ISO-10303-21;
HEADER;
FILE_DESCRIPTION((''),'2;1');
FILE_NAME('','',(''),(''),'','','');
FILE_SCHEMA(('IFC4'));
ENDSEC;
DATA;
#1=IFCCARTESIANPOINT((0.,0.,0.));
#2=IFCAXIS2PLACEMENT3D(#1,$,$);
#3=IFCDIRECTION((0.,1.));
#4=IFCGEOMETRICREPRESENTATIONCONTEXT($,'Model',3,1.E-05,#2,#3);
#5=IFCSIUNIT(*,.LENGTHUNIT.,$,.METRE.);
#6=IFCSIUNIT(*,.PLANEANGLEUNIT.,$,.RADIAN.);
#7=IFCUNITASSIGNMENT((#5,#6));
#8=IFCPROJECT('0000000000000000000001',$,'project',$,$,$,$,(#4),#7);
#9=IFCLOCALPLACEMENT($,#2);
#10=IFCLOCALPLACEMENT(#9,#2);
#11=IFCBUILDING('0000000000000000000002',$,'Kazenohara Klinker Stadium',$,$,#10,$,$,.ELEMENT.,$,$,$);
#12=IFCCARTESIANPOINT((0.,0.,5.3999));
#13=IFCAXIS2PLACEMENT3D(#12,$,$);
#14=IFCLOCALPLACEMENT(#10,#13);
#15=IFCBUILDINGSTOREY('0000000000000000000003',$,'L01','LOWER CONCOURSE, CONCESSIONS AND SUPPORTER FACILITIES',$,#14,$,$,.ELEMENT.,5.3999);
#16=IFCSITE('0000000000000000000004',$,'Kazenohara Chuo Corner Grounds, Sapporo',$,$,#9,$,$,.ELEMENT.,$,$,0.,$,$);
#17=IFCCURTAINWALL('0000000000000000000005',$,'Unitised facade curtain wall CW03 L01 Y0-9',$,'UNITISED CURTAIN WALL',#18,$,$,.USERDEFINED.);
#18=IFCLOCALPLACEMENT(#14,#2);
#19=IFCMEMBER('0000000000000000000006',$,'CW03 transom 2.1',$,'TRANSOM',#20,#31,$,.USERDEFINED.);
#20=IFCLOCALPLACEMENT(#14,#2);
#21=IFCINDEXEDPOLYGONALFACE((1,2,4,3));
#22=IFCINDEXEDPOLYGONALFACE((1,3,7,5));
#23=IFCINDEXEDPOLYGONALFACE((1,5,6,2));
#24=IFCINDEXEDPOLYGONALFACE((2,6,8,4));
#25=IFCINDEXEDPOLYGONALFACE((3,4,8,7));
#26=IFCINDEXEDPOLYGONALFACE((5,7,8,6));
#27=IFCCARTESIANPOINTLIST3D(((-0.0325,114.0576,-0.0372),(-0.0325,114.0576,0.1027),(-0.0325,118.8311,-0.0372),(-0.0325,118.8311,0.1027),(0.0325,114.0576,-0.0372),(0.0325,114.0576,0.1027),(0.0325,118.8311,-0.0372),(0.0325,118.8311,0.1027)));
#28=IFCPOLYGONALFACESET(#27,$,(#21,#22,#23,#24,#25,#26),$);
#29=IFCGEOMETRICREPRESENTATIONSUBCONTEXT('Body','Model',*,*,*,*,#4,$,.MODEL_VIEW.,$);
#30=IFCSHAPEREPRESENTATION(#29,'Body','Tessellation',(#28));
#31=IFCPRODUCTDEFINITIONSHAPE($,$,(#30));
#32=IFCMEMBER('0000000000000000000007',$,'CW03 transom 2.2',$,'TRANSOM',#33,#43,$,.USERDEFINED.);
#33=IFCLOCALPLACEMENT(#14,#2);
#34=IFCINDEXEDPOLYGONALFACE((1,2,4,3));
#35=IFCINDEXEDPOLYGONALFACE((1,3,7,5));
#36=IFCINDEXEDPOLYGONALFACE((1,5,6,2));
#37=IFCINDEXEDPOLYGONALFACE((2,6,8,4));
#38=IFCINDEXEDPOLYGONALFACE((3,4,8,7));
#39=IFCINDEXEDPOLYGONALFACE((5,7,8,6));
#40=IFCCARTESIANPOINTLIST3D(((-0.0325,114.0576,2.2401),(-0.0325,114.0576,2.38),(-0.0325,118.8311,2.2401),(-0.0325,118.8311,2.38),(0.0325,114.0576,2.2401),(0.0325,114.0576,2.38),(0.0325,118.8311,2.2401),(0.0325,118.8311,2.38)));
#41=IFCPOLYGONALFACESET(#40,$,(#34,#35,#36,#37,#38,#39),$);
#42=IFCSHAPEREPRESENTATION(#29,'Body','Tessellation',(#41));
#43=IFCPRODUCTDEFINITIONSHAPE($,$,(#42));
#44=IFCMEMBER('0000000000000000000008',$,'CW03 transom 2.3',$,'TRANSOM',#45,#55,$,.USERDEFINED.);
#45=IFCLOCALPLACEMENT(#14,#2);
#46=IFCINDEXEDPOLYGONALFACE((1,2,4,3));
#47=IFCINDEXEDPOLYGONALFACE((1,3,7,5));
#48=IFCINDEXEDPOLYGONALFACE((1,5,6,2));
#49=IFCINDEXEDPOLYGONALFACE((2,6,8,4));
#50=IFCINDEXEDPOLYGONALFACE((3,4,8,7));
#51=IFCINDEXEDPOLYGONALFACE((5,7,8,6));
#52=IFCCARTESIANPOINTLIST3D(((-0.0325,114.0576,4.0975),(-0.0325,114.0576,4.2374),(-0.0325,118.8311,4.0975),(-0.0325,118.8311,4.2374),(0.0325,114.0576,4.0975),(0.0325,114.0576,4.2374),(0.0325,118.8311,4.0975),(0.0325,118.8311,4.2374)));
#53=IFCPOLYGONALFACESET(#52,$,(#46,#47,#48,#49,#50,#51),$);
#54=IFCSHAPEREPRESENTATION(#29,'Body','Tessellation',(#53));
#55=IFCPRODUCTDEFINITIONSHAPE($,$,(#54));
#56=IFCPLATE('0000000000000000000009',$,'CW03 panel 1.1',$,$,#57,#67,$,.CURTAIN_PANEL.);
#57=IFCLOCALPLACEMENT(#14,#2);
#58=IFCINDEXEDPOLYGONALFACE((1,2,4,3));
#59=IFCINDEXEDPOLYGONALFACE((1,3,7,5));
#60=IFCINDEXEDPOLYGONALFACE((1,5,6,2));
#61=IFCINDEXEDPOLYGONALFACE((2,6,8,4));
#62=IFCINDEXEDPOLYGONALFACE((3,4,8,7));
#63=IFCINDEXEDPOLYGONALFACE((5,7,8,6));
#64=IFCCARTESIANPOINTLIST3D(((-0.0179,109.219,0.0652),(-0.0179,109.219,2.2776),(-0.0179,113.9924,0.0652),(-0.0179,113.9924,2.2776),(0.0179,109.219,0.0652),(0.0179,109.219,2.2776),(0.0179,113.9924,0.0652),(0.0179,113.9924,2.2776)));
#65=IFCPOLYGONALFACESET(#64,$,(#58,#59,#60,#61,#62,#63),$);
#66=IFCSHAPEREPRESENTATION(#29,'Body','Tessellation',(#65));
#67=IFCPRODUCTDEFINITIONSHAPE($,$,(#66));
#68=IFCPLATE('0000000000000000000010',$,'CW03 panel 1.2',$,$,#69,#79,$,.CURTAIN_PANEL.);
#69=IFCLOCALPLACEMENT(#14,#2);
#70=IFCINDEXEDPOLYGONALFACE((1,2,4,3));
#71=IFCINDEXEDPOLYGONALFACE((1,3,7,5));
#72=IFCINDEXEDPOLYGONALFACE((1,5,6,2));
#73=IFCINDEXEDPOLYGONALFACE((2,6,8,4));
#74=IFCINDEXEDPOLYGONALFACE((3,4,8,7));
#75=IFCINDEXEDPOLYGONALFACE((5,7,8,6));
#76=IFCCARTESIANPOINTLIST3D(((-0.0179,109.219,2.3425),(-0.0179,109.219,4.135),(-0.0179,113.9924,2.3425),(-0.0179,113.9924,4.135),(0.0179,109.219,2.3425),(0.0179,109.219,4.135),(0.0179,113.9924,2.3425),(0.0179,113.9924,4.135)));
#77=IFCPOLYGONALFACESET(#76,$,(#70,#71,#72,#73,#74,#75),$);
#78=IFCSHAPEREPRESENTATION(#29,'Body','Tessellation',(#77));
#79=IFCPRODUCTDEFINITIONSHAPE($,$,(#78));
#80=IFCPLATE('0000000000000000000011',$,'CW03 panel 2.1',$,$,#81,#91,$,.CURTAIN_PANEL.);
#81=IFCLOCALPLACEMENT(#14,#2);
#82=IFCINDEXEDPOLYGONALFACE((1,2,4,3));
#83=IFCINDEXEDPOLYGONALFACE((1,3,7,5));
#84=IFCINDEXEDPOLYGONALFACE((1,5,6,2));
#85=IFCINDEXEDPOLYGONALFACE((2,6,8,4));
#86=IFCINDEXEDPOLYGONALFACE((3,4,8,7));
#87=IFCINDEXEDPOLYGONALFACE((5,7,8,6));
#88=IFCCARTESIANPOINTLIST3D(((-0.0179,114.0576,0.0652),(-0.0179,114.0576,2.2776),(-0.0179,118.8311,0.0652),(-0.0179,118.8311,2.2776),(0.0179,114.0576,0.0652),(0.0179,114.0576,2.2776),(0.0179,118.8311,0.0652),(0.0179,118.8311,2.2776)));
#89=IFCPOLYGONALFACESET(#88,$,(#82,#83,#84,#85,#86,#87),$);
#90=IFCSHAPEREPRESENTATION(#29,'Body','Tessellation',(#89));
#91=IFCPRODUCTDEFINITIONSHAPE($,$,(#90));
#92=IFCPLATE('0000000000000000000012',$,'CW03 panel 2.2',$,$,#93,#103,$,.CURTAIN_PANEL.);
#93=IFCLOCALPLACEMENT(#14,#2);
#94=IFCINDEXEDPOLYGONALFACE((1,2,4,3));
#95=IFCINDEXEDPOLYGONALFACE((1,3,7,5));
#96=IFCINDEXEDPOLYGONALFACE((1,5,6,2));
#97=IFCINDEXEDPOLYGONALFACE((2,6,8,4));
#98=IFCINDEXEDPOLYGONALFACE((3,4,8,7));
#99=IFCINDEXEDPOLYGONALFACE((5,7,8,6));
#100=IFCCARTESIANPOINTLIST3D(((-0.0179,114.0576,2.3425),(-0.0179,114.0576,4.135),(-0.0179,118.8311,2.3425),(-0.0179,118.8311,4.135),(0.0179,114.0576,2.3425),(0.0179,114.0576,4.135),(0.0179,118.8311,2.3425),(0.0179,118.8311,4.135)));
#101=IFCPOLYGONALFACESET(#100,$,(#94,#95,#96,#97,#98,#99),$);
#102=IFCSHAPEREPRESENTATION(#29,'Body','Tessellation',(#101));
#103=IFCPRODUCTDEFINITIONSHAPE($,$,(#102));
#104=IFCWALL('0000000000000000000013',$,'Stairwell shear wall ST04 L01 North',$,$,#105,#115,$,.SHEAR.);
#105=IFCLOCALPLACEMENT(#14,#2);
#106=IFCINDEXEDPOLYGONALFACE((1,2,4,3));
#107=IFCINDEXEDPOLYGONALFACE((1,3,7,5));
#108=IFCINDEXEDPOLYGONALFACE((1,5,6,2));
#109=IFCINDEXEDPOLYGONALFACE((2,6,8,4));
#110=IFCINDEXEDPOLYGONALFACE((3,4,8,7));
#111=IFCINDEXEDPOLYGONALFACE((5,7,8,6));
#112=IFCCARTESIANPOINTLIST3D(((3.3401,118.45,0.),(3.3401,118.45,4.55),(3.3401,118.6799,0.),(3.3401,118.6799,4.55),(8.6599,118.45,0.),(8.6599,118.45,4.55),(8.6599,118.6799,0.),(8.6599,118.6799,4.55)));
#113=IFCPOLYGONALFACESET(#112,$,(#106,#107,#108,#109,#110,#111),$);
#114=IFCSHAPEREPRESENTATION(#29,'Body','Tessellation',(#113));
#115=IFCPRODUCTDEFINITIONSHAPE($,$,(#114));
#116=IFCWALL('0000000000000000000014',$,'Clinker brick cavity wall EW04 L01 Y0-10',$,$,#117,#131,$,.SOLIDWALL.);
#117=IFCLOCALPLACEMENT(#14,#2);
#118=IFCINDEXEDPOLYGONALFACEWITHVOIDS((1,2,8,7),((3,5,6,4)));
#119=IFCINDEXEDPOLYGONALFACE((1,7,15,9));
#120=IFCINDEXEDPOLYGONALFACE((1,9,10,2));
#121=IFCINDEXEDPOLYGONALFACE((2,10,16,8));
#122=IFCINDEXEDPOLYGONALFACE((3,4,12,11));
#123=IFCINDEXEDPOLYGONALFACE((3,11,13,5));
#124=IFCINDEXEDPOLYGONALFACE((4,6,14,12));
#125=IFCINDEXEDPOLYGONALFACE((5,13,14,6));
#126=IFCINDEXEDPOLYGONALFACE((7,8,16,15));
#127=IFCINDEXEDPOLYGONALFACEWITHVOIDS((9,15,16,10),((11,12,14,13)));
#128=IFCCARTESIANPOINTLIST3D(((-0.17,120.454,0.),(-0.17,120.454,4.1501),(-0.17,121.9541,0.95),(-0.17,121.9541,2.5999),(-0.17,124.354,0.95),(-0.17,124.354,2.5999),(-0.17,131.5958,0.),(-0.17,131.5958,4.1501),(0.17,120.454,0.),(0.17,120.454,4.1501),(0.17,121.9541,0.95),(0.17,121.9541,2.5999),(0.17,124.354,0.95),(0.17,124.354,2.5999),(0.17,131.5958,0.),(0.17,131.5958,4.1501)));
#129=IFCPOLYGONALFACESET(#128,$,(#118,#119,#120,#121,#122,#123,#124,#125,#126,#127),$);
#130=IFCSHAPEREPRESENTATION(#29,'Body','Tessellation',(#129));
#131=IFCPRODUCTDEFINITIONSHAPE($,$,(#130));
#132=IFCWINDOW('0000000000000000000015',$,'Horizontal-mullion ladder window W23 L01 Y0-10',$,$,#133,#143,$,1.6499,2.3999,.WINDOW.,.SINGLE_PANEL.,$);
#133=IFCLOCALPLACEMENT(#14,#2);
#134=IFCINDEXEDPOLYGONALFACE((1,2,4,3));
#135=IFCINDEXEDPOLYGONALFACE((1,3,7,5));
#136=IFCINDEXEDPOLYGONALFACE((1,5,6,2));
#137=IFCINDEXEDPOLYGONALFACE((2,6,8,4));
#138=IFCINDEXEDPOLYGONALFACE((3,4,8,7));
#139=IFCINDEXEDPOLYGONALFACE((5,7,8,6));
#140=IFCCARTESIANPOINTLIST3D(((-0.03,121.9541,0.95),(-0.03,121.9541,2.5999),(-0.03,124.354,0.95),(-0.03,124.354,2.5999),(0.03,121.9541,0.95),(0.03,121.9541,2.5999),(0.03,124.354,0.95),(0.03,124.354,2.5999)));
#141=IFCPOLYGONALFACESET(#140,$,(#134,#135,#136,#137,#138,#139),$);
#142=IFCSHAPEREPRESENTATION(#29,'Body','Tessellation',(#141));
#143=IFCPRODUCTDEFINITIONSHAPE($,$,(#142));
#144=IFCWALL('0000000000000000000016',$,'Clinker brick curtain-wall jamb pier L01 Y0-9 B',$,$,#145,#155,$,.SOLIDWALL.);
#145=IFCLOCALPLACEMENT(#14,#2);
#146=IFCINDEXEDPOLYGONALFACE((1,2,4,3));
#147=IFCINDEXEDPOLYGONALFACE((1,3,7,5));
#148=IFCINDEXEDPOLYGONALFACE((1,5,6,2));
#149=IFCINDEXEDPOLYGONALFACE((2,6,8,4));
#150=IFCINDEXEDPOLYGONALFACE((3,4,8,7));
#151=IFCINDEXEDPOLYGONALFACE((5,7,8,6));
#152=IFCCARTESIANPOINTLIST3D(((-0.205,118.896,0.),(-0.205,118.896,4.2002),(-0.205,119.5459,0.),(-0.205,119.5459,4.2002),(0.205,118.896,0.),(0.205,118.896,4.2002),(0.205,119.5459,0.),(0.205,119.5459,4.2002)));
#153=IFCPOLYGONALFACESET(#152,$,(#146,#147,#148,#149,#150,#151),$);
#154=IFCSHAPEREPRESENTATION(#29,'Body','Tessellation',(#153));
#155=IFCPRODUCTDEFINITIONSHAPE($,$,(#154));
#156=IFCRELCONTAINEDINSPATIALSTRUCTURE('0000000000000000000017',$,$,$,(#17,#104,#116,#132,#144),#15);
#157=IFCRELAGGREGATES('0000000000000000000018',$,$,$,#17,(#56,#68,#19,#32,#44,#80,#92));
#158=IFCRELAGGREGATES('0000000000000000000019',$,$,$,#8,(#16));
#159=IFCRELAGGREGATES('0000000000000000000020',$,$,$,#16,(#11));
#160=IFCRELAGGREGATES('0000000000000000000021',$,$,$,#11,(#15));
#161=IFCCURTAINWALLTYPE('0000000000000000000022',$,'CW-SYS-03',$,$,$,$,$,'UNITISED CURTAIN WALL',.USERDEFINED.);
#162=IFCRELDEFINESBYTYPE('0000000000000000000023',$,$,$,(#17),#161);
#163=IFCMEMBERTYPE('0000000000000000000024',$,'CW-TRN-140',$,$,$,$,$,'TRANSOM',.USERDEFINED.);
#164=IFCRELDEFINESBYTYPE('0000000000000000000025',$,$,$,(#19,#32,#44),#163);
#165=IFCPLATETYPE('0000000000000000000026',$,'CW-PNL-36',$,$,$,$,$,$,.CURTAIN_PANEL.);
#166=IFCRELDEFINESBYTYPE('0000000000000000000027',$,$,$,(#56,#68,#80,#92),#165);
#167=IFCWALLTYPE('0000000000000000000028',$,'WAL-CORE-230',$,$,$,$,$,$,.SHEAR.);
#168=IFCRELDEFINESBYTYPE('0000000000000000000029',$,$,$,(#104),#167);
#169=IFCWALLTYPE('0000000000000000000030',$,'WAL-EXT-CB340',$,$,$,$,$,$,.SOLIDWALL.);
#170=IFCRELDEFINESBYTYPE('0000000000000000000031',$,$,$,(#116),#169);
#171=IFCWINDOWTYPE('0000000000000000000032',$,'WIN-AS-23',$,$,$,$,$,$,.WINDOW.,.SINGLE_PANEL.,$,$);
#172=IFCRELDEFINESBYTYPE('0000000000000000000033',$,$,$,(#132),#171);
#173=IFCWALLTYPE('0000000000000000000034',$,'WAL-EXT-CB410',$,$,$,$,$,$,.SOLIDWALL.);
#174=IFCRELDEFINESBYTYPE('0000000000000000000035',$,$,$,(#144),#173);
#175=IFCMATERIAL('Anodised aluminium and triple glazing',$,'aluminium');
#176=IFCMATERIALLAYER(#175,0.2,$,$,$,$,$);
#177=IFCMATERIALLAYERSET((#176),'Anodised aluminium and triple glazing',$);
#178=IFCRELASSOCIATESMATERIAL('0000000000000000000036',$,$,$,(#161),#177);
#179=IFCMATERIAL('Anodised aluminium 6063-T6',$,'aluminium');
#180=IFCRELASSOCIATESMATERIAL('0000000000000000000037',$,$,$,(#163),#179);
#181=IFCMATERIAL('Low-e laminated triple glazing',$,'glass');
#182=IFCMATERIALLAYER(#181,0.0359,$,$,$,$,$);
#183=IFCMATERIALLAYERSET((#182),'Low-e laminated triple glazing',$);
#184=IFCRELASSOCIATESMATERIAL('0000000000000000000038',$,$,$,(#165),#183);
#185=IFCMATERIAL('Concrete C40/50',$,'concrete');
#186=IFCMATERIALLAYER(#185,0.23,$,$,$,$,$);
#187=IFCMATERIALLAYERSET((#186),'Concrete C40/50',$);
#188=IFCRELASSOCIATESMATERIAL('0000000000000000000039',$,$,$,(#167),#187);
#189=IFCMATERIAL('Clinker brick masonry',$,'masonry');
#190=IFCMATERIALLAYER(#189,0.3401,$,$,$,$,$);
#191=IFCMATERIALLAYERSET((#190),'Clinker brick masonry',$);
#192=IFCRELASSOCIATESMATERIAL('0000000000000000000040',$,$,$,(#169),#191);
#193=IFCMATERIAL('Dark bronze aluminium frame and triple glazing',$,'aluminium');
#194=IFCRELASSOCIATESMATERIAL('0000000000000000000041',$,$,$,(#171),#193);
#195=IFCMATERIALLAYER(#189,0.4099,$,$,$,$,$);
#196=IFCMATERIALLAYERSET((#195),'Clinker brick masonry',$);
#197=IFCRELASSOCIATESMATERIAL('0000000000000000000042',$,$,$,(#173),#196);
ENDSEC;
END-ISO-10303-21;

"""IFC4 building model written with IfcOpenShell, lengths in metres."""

from ifc_helpers import new_model, si_unit, direction, frame, frame_2d, origin, origin_2d, place, context, subcontext, project, spatial, rectangle, extrude, material, layer, layer_set, material_profile, profile_set, type_object, element, fill, aggregate, save


model = new_model("IFC4")

# Units and contexts
model_context = context("Model", 3, precision=1e-05, world=origin(), true_north=direction((0.0, 1.0)))
body_context = subcontext(model_context, "Body", "Model", "MODEL_VIEW")
ifc_project = project(units=[si_unit("LENGTHUNIT", "METRE"), si_unit("PLANEANGLEUNIT", "RADIAN")], contexts=[model_context])

# Site, building, storey
site_placement = place(None, origin())
site = spatial("IfcSite", under=ifc_project, at=site_placement, Name="Kazenohara Chuo Corner Grounds, Sapporo", CompositionType="ELEMENT", RefElevation=0.0)
building_placement = place(site_placement, origin())
building = spatial("IfcBuilding", under=site, at=building_placement, Name="Kazenohara Klinker Stadium", CompositionType="ELEMENT")
storey_placement = place(building_placement, frame((0.0, 0.0, 5.3999)))
storey = spatial("IfcBuildingStorey", under=building, at=storey_placement, Name="L01", Description="LOWER CONCOURSE, CONCESSIONS AND SUPPORTER FACILITIES", CompositionType="ELEMENT", Elevation=5.3999)

# Shared definitions
ifc_material_1 = material(Name="Concrete C40/50", Category="concrete")

# Curtain wall, members, plates
ifc_material_2 = material(Name="Anodised aluminium and triple glazing", Category="aluminium")
ifc_layer_1 = layer(ifc_material_2, 0.2)
ifc_layer_set_1 = layer_set([ifc_layer_1], Name="Anodised aluminium and triple glazing")
curtain_wall_type = type_object("IfcCurtainWallType", Name="CW-SYS-03", ElementType="UNITISED CURTAIN WALL", PredefinedType="USERDEFINED", material=ifc_layer_set_1)
curtain_wall_placement = place(storey_placement, origin())
curtain_wall = element("IfcCurtainWall", 1, at=curtain_wall_placement, inside=storey, type_object=curtain_wall_type, Name="Unitised facade curtain wall CW03 L01 Y0-9", ObjectType="UNITISED CURTAIN WALL", PredefinedType="USERDEFINED")
ifc_material_3 = material(Name="Anodised aluminium 6063-T6", Category="aluminium")
ifc_material_profile_1 = material_profile(ifc_material_3, rectangle(XDim=0.0649, YDim=0.1399, at=origin_2d()), Name="ALU-TRN-65x140")
ifc_profile_set_1 = profile_set([ifc_material_profile_1], Name="Anodised aluminium 6063-T6")
member_type_1 = type_object("IfcMemberType", Name="CW-TRN-140", ElementType="TRANSOM", PredefinedType="USERDEFINED", material=ifc_profile_set_1)
member_1_placement = place(storey_placement, frame((0.0, 114.0576, 0.0327), z_axis=(0.0, 1.0, 0.0), x_axis=(-1.0, 0.0, 0.0)))
member_1 = element("IfcMember", 2, at=member_1_placement, type_object=member_type_1, Name="CW03 transom 2.1", ObjectType="TRANSOM", PredefinedType="USERDEFINED", context=body_context, shape_type="SweptSolid", body=[
    extrude(rectangle(XDim=0.0649, YDim=0.1399, at=origin_2d()), origin(), (0.0, 0.0, 1.0), 4.7734),
])
member_2_placement = place(storey_placement, frame((0.0, 114.0576, 2.3101), z_axis=(0.0, 1.0, 0.0), x_axis=(-1.0, 0.0, 0.0)))
member_2 = element("IfcMember", 3, at=member_2_placement, type_object=member_type_1, Name="CW03 transom 2.2", ObjectType="TRANSOM", PredefinedType="USERDEFINED", context=body_context, shape_type="SweptSolid", body=[
    extrude(rectangle(XDim=0.0649, YDim=0.1399, at=origin_2d()), origin(), (0.0, 0.0, 1.0), 4.7734),
])
member_3_placement = place(storey_placement, frame((0.0, 114.0576, 4.1675), z_axis=(0.0, 1.0, 0.0), x_axis=(-1.0, 0.0, 0.0)))
member_3 = element("IfcMember", 4, at=member_3_placement, type_object=member_type_1, Name="CW03 transom 2.3", ObjectType="TRANSOM", PredefinedType="USERDEFINED", context=body_context, shape_type="SweptSolid", body=[
    extrude(rectangle(XDim=0.0649, YDim=0.1399, at=origin_2d()), origin(), (0.0, 0.0, 1.0), 4.7734),
])
ifc_material_4 = material(Name="Low-e laminated triple glazing", Category="glass")
ifc_layer_2 = layer(ifc_material_4, 0.0359)
ifc_layer_set_2 = layer_set([ifc_layer_2], Name="Low-e laminated triple glazing")
plate_type = type_object("IfcPlateType", Name="CW-PNL-36", PredefinedType="CURTAIN_PANEL", material=ifc_layer_set_2)
plate_1_placement = place(storey_placement, frame((0.0, 111.6057, 0.0652), z_axis=(0.0, 0.0, 1.0), x_axis=(0.0, 1.0, 0.0)))
plate_1 = element("IfcPlate", 5, at=plate_1_placement, type_object=plate_type, Name="CW03 panel 1.1", PredefinedType="CURTAIN_PANEL", context=body_context, shape_type="SweptSolid", body=[
    extrude(rectangle(XDim=4.7734, YDim=0.0359, at=origin_2d()), origin(), (0.0, 0.0, 1.0), 2.2124),
])
plate_2_placement = place(storey_placement, frame((0.0, 111.6057, 2.3425), z_axis=(0.0, 0.0, 1.0), x_axis=(0.0, 1.0, 0.0)))
plate_2 = element("IfcPlate", 6, at=plate_2_placement, type_object=plate_type, Name="CW03 panel 1.2", PredefinedType="CURTAIN_PANEL", context=body_context, shape_type="SweptSolid", body=[
    extrude(rectangle(XDim=4.7734, YDim=0.0359, at=origin_2d()), origin(), (0.0, 0.0, 1.0), 1.7925),
])
plate_3_placement = place(storey_placement, frame((0.0, 116.4443, 0.0652), z_axis=(0.0, 0.0, 1.0), x_axis=(0.0, 1.0, 0.0)))
plate_3 = element("IfcPlate", 7, at=plate_3_placement, type_object=plate_type, Name="CW03 panel 2.1", PredefinedType="CURTAIN_PANEL", context=body_context, shape_type="SweptSolid", body=[
    extrude(rectangle(XDim=4.7734, YDim=0.0359, at=origin_2d()), origin(), (0.0, 0.0, 1.0), 2.2124),
])
plate_4_placement = place(storey_placement, frame((0.0, 116.4443, 2.3425), z_axis=(0.0, 0.0, 1.0), x_axis=(0.0, 1.0, 0.0)))
plate_4 = element("IfcPlate", 8, at=plate_4_placement, type_object=plate_type, Name="CW03 panel 2.2", PredefinedType="CURTAIN_PANEL", context=body_context, shape_type="SweptSolid", body=[
    extrude(rectangle(XDim=4.7734, YDim=0.0359, at=origin_2d()), origin(), (0.0, 0.0, 1.0), 1.7925),
])
aggregate(curtain_wall, [plate_1, plate_2, member_1, member_2, member_3, plate_3, plate_4])

# Wall
ifc_layer_3 = layer(ifc_material_1, 0.23)
ifc_layer_set_3 = layer_set([ifc_layer_3], Name="Concrete C40/50")
wall_type_1 = type_object("IfcWallType", Name="WAL-CORE-230", PredefinedType="SHEAR", material=ifc_layer_set_3)
wall_1_placement = place(storey_placement, frame((3.3401, 118.5649, 0.0), z_axis=(0.0, 0.0, 1.0), x_axis=(1.0, 0.0, 0.0)))
element("IfcWall", 9, at=wall_1_placement, inside=storey, type_object=wall_type_1, Name="Stairwell shear wall ST04 L01 North", PredefinedType="SHEAR", context=body_context, shape_type="SweptSolid", body=[
    extrude(rectangle(XDim=5.3198, YDim=0.23, at=frame_2d((2.6599, 0.0))), origin(), (0.0, 0.0, 1.0), 4.55),
])

# Wall, opening, window
ifc_material_5 = material(Name="Clinker brick masonry", Category="masonry")
ifc_layer_4 = layer(ifc_material_5, 0.3401)
ifc_layer_set_4 = layer_set([ifc_layer_4], Name="Clinker brick masonry")
wall_type_2 = type_object("IfcWallType", Name="WAL-EXT-CB340", PredefinedType="SOLIDWALL", material=ifc_layer_set_4)
wall_2_placement = place(storey_placement, frame((0.0, 120.4541, 0.0), z_axis=(0.0, 0.0, 1.0), x_axis=(0.0, 1.0, 0.0)))
wall_2 = element("IfcWall", 10, at=wall_2_placement, inside=storey, type_object=wall_type_2, Name="Clinker brick cavity wall EW04 L01 Y0-10", PredefinedType="SOLIDWALL", context=body_context, shape_type="SweptSolid", body=[
    extrude(rectangle(XDim=11.1418, YDim=0.3401, at=frame_2d((5.5708, 0.0))), origin(), (0.0, 0.0, 1.0), 4.1501),
])
opening_placement = place(wall_2_placement, frame((1.5, 0.0, 0.95)))
opening = element("IfcOpeningElement", 11, at=opening_placement, cuts=wall_2, PredefinedType="OPENING", context=body_context, shape_type="SweptSolid", body=[
    extrude(rectangle(XDim=2.3999, YDim=1.6499, at=frame_2d((1.2, 0.825))), frame((0.0, 0.1802, 0.0), z_axis=(0.0, -1.0, 0.0), x_axis=(1.0, 0.0, 0.0)), (0.0, 0.0, 1.0), 0.3601),
])
ifc_material_6 = material(Name="Dark bronze aluminium frame and triple glazing", Category="aluminium")
window_type = type_object("IfcWindowType", Name="WIN-AS-23", PartitioningType="SINGLE_PANEL", PredefinedType="WINDOW", material=ifc_material_6)
window_placement = place(opening_placement, origin())
window = element("IfcWindow", 12, at=window_placement, inside=storey, type_object=window_type, Name="Horizontal-mullion ladder window W23 L01 Y0-10", OverallHeight=1.6499, OverallWidth=2.3999, PartitioningType="SINGLE_PANEL", PredefinedType="WINDOW", context=body_context, shape_type="SweptSolid", body=[
    extrude(rectangle(XDim=2.3999, YDim=1.6499, at=frame_2d((1.2, 0.825))), frame((0.0, 0.03, 0.0), z_axis=(0.0, -1.0, 0.0), x_axis=(1.0, 0.0, 0.0)), (0.0, 0.0, 1.0), 0.0601),
])
fill(opening, window)

# Wall
ifc_layer_5 = layer(ifc_material_5, 0.4099)
ifc_layer_set_5 = layer_set([ifc_layer_5], Name="Clinker brick masonry")
wall_type_3 = type_object("IfcWallType", Name="WAL-EXT-CB410", PredefinedType="SOLIDWALL", material=ifc_layer_set_5)
wall_3_placement = place(storey_placement, frame((0.0, 118.896, 0.0), z_axis=(0.0, 0.0, 1.0), x_axis=(0.0, 1.0, 0.0)))
element("IfcWall", 13, at=wall_3_placement, inside=storey, type_object=wall_type_3, Name="Clinker brick curtain-wall jamb pier L01 Y0-9 B", PredefinedType="SOLIDWALL", context=body_context, shape_type="SweptSolid", body=[
    extrude(rectangle(XDim=0.6499, YDim=0.4099, at=frame_2d((0.325, 0.0))), origin(), (0.0, 0.0, 1.0), 4.2002),
])

save(model, "model.ifc")
